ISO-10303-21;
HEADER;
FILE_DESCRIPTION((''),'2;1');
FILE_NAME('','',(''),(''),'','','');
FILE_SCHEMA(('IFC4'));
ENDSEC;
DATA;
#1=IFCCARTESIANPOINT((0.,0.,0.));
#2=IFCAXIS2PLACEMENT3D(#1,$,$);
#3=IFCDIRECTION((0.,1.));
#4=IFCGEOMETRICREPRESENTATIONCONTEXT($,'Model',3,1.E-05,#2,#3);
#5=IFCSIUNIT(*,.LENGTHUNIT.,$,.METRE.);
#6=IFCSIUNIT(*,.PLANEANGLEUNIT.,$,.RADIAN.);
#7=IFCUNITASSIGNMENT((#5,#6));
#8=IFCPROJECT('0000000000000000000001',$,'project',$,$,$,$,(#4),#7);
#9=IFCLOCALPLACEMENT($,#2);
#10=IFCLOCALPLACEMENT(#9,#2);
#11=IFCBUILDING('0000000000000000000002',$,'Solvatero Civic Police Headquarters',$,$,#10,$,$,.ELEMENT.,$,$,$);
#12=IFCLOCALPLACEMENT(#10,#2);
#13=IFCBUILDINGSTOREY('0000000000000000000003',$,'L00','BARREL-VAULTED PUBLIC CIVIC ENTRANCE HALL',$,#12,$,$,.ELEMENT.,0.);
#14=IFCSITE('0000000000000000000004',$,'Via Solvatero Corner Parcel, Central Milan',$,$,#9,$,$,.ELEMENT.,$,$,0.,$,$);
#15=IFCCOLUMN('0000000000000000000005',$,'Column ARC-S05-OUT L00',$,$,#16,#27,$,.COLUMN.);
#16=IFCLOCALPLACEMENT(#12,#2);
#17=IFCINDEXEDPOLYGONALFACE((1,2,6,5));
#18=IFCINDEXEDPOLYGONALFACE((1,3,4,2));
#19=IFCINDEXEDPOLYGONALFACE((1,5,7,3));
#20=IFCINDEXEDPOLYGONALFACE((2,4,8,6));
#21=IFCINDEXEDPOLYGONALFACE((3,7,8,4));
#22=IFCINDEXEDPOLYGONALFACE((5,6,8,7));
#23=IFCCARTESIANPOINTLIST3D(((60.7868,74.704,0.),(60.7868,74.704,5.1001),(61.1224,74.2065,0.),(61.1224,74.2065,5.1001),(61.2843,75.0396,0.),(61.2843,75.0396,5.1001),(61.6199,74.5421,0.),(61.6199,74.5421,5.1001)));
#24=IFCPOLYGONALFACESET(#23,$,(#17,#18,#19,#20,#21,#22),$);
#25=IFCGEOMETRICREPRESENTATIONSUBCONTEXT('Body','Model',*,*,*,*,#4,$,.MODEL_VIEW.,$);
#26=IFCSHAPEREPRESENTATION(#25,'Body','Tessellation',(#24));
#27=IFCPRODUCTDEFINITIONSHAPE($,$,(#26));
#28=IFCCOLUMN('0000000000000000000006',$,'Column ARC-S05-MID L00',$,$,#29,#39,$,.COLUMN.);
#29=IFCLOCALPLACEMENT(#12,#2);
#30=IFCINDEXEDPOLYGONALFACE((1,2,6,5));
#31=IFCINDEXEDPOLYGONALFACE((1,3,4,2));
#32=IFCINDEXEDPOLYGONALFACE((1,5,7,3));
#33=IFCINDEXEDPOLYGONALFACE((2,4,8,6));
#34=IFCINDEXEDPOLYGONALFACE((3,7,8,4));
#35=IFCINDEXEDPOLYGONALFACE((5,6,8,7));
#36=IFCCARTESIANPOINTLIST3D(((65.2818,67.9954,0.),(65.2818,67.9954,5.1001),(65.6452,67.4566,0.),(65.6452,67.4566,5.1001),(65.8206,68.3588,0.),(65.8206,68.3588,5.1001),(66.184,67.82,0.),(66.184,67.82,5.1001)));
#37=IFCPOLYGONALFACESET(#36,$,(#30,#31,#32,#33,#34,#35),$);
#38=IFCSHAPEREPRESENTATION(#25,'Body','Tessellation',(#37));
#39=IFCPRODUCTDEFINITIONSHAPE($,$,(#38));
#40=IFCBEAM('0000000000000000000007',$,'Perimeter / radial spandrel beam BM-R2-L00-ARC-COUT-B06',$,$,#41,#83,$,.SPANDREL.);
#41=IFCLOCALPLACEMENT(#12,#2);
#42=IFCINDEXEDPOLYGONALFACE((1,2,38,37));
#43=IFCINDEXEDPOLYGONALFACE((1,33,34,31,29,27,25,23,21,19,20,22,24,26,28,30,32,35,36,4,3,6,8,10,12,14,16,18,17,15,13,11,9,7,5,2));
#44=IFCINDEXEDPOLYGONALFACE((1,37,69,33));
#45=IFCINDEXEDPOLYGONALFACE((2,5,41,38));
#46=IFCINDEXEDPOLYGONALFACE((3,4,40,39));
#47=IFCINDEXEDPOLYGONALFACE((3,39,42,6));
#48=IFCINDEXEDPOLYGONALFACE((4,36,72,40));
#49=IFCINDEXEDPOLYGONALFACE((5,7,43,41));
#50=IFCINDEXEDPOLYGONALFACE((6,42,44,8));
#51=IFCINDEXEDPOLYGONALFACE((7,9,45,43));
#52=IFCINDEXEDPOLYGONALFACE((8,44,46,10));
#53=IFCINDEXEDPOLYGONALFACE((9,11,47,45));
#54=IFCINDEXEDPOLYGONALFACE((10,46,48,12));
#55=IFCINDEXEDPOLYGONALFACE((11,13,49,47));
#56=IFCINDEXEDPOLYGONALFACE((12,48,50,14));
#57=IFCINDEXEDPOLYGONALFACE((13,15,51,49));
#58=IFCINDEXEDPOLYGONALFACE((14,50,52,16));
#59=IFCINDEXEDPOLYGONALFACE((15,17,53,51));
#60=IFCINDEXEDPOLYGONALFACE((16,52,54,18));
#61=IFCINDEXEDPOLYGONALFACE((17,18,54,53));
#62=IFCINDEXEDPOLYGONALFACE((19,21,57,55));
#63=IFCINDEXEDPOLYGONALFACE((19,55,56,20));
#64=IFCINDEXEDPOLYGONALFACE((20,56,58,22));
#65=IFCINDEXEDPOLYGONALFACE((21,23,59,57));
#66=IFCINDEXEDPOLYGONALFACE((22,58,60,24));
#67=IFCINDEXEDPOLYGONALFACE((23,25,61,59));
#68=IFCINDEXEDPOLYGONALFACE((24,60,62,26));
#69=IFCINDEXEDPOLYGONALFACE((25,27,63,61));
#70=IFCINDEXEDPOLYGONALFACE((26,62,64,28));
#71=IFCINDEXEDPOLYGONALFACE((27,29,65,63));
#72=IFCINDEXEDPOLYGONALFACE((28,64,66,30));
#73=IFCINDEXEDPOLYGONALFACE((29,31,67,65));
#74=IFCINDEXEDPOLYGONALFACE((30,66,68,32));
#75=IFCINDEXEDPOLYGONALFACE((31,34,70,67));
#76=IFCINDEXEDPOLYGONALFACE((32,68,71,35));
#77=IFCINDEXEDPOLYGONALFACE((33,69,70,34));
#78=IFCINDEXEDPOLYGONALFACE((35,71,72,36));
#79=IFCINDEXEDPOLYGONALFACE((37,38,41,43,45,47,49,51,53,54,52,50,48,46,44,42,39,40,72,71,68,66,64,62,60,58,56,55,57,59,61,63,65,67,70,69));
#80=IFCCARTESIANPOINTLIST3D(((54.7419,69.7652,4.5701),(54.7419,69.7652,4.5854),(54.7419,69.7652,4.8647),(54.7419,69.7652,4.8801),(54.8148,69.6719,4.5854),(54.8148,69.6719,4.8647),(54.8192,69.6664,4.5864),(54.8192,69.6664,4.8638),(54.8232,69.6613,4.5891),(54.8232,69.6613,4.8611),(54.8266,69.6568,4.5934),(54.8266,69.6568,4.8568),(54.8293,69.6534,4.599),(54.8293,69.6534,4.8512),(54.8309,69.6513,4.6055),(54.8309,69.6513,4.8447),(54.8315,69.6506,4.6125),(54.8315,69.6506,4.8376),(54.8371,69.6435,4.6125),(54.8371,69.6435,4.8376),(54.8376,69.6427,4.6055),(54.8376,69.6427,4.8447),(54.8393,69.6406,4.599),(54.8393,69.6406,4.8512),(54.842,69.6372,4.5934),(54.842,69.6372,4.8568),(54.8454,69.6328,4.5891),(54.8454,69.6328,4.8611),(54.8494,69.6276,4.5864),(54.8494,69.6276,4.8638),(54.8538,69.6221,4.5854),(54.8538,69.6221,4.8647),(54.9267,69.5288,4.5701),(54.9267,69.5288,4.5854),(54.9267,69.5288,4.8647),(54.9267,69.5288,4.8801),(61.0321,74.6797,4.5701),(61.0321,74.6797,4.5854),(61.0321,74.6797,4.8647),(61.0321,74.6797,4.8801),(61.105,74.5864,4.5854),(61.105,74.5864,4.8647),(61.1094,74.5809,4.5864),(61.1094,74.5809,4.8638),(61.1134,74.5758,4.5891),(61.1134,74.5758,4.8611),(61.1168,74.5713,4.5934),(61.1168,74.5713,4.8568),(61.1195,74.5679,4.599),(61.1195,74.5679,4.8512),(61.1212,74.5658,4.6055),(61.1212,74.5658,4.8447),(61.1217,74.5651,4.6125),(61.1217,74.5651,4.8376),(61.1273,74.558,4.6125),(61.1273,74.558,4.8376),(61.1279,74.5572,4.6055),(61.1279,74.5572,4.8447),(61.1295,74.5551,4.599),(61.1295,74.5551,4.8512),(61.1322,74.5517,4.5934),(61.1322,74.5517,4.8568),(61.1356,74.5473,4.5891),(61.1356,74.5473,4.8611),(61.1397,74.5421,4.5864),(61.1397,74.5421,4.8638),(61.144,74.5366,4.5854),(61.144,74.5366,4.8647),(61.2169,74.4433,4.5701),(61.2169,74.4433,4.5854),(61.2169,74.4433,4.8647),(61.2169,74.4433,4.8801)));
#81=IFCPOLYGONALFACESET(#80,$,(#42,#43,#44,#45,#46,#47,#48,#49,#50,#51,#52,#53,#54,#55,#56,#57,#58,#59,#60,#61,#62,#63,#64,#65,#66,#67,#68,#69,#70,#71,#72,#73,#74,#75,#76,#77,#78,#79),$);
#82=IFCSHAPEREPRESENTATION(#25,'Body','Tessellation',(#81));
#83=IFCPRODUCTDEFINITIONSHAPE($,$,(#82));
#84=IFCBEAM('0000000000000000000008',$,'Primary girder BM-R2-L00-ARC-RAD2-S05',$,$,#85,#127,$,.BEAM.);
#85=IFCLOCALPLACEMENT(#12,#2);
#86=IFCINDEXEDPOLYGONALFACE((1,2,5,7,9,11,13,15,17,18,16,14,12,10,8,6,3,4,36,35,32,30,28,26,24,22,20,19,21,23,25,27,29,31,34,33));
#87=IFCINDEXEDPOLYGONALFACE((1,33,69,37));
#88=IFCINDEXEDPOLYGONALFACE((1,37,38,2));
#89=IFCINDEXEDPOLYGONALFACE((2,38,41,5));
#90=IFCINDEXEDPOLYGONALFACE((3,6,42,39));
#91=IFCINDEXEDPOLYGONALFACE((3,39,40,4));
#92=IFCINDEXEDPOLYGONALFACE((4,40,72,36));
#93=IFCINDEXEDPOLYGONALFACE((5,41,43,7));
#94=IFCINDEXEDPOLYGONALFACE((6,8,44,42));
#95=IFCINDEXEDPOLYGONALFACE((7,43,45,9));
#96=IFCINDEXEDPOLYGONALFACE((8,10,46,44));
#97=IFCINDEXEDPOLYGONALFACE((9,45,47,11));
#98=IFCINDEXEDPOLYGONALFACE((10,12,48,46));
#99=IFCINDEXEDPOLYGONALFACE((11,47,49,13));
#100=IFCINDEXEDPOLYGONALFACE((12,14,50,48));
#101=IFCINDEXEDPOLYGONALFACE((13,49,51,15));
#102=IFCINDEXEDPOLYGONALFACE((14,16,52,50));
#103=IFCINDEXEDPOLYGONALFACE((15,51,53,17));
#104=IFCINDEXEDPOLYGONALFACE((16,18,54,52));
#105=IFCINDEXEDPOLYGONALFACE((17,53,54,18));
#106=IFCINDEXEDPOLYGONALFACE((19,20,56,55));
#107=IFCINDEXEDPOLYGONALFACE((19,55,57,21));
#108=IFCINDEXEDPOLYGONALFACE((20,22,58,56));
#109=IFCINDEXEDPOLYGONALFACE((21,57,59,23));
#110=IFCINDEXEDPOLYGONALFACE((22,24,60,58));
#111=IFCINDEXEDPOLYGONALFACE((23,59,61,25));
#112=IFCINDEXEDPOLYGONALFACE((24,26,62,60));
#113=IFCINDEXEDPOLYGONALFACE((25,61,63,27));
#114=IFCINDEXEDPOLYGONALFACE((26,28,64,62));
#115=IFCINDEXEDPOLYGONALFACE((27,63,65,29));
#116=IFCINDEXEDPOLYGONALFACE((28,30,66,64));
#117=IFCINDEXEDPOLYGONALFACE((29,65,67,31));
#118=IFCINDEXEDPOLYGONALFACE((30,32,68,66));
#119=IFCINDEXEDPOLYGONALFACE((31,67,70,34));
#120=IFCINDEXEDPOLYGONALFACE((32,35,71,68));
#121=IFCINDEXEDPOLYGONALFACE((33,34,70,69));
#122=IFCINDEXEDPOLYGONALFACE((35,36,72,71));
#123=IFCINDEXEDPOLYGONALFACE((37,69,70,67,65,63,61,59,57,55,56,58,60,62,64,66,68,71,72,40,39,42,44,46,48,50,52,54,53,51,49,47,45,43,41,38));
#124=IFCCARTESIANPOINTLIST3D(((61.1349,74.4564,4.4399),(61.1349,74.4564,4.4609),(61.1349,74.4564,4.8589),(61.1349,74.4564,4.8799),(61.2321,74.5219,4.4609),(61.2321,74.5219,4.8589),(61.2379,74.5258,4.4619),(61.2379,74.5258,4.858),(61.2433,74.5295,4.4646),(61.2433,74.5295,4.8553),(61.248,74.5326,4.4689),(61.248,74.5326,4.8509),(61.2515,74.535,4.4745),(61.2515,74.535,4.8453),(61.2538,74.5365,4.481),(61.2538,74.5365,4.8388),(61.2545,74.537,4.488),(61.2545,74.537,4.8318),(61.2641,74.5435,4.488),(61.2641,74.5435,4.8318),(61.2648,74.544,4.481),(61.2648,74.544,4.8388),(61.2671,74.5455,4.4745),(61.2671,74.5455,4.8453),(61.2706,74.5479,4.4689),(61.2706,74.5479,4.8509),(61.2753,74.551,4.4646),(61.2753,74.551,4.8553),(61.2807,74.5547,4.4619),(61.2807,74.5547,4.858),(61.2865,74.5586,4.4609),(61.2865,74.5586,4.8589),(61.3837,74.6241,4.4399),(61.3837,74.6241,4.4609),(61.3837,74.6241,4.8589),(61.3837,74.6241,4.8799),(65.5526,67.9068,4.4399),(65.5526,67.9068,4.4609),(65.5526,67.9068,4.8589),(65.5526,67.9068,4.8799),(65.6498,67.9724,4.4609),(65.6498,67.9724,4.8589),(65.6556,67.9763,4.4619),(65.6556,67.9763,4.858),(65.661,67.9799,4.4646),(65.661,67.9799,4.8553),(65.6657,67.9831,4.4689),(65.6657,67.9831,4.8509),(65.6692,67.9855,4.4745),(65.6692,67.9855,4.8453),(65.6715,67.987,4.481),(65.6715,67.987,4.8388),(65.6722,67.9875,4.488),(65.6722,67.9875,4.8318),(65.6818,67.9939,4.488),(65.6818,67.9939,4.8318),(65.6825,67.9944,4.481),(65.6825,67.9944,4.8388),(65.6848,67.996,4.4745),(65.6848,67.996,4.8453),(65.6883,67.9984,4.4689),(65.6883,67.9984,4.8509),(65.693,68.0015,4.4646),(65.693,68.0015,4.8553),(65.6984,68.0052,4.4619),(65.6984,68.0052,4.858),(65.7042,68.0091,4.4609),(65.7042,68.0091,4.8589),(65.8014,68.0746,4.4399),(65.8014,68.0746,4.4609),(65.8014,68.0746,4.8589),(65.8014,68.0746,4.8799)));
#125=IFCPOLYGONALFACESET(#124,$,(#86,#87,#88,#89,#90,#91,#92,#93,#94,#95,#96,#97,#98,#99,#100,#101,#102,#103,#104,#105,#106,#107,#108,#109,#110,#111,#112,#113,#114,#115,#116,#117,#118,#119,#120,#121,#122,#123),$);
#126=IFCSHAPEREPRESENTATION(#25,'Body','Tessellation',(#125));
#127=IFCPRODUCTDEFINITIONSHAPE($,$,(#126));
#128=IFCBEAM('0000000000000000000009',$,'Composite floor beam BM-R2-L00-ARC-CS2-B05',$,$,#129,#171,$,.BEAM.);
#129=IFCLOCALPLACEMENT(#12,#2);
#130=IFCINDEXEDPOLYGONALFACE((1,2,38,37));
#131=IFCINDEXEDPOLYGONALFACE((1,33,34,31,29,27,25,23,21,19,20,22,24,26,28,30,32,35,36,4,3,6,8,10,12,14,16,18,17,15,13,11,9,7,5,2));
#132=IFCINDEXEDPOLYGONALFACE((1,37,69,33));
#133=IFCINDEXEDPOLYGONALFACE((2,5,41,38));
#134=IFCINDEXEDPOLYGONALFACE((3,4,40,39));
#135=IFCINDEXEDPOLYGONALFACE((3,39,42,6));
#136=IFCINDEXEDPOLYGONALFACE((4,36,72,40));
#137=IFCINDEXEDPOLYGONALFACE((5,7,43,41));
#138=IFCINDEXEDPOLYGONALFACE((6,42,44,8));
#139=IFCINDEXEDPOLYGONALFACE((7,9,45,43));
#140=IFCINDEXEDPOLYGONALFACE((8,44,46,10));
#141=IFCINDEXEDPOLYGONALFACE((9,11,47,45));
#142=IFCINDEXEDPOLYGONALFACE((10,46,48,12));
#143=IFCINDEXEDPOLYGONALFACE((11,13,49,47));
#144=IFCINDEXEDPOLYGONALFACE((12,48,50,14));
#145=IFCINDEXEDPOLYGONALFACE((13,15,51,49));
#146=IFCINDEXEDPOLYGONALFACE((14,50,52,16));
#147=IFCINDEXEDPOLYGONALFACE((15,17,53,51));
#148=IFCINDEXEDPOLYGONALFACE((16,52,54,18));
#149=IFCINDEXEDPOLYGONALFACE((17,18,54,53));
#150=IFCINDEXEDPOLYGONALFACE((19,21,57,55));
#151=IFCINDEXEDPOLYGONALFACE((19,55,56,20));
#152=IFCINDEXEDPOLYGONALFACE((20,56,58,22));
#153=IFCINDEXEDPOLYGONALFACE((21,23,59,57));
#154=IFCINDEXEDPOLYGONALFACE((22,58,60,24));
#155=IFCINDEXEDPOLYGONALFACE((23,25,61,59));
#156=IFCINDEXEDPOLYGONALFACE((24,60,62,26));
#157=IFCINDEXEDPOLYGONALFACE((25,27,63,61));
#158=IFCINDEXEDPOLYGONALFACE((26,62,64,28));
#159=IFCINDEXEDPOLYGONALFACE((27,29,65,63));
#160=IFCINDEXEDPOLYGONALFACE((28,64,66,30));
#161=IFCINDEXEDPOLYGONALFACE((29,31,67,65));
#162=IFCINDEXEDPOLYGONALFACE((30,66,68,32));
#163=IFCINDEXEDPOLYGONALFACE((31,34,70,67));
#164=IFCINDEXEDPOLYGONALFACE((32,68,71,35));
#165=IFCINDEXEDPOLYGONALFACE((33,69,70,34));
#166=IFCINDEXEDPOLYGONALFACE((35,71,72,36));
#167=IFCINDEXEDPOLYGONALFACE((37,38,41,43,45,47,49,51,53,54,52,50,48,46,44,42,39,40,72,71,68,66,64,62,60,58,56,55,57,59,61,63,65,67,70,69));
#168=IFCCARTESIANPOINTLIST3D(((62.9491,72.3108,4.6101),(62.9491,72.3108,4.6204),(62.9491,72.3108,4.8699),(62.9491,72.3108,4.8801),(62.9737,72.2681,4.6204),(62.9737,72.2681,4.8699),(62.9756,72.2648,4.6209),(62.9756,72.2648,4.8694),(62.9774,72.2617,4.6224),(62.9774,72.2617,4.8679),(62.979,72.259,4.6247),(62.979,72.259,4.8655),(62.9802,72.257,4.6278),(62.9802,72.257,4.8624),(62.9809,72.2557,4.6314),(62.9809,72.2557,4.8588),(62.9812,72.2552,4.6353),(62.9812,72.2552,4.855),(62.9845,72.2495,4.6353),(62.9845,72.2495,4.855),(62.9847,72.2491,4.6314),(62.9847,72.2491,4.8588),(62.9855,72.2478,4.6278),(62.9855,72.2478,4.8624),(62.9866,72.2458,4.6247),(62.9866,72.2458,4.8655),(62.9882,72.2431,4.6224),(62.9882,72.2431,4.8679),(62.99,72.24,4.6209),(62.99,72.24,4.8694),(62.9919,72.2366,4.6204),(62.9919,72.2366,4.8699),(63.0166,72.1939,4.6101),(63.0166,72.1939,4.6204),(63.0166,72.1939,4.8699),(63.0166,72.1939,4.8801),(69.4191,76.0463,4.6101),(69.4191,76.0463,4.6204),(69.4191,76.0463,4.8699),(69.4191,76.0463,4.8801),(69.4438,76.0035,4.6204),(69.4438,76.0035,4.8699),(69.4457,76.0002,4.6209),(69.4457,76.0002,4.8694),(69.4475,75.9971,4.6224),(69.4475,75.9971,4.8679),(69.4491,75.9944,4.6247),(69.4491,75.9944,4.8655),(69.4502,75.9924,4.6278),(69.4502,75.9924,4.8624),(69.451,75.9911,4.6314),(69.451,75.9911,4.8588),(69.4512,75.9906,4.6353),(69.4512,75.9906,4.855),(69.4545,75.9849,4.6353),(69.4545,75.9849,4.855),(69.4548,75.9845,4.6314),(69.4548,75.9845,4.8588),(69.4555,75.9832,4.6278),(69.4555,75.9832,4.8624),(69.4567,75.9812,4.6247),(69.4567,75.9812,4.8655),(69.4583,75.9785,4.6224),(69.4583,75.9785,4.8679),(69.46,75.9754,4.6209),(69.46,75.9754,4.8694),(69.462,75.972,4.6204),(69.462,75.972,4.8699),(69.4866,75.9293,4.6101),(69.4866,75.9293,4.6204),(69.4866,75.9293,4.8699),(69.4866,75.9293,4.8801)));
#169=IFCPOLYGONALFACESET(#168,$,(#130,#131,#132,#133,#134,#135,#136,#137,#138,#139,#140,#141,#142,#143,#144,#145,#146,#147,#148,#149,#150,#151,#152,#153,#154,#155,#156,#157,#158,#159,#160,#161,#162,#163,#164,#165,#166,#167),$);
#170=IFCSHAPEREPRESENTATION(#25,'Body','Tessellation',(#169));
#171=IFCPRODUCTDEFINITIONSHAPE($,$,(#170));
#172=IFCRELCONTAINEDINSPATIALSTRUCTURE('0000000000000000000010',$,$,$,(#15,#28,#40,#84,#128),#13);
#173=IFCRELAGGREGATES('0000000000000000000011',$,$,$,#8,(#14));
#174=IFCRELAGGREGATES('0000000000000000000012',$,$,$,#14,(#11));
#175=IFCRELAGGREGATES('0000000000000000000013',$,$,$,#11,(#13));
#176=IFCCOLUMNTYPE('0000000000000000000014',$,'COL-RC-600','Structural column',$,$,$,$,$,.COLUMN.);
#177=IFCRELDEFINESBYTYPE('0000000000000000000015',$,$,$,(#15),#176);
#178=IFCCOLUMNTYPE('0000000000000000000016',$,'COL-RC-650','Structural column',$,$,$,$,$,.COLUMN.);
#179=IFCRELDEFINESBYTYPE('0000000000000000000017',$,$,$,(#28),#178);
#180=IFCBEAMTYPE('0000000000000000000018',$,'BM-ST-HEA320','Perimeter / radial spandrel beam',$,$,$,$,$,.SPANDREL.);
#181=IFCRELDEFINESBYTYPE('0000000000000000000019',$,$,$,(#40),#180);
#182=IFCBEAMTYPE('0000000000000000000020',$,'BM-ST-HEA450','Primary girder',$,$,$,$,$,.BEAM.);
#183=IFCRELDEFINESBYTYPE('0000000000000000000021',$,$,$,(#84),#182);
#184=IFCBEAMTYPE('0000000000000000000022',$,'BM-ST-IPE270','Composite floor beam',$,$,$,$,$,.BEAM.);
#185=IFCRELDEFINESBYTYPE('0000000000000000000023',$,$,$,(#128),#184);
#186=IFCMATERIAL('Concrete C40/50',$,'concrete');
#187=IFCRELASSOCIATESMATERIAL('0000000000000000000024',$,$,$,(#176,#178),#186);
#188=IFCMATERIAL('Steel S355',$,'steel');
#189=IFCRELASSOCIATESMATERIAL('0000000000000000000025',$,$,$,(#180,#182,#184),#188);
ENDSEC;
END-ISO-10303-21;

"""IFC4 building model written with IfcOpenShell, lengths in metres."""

from ifc_helpers import new_model, si_unit, direction, frame, origin, origin_2d, place, context, subcontext, project, spatial, rectangle, i_section, extrude, material, material_profile, profile_set, type_object, element, save


model = new_model("IFC4")

# Units and contexts
model_context = context("Model", 3, precision=1e-05, world=origin(), true_north=direction((0.0, 1.0)))
body_context = subcontext(model_context, "Body", "Model", "MODEL_VIEW")
ifc_project = project(units=[si_unit("LENGTHUNIT", "METRE"), si_unit("PLANEANGLEUNIT", "RADIAN")], contexts=[model_context])

# Site, building, storey
site_placement = place(None, origin())
site = spatial("IfcSite", under=ifc_project, at=site_placement, Name="Via Solvatero Corner Parcel, Central Milan", CompositionType="ELEMENT", RefElevation=0.0)
building_placement = place(site_placement, origin())
building = spatial("IfcBuilding", under=site, at=building_placement, Name="Solvatero Civic Police Headquarters", CompositionType="ELEMENT")
storey_placement = place(building_placement, origin())
storey = spatial("IfcBuildingStorey", under=building, at=storey_placement, Name="L00", Description="BARREL-VAULTED PUBLIC CIVIC ENTRANCE HALL", CompositionType="ELEMENT", Elevation=0.0)

# Columns
ifc_material_1 = material(Name="Concrete C40/50", Category="concrete")
ifc_material_profile_1 = material_profile(ifc_material_1, rectangle(XDim=0.6001, YDim=0.6001, at=origin_2d()), Name="RC 600x600")
ifc_profile_set_1 = profile_set([ifc_material_profile_1], Name="Concrete C40/50")
column_type_1 = type_object("IfcColumnType", Name="COL-RC-600", Description="Structural column", PredefinedType="COLUMN", material=ifc_profile_set_1)
column_1_placement = place(storey_placement, frame((61.2034, 74.623, 0.0), z_axis=(0.0, 0.0, 1.0), x_axis=(0.829038, 0.559193, 0.0)))
element("IfcColumn", 1, at=column_1_placement, inside=storey, type_object=column_type_1, Name="Column ARC-S05-OUT L00", PredefinedType="COLUMN", context=body_context, shape_type="SweptSolid", body=[
    extrude(rectangle(XDim=0.6001, YDim=0.6001, at=origin_2d()), origin(), (0.0, 0.0, 1.0), 5.1001),
])
ifc_material_profile_2 = material_profile(ifc_material_1, rectangle(XDim=0.6499, YDim=0.6499, at=origin_2d()), Name="RC 650x650")
ifc_profile_set_2 = profile_set([ifc_material_profile_2], Name="Concrete C40/50")
column_type_2 = type_object("IfcColumnType", Name="COL-RC-650", Description="Structural column", PredefinedType="COLUMN", material=ifc_profile_set_2)
column_2_placement = place(storey_placement, frame((65.7329, 67.9077, 0.0), z_axis=(0.0, 0.0, 1.0), x_axis=(0.829038, 0.559193, 0.0)))
element("IfcColumn", 2, at=column_2_placement, inside=storey, type_object=column_type_2, Name="Column ARC-S05-MID L00", PredefinedType="COLUMN", context=body_context, shape_type="SweptSolid", body=[
    extrude(rectangle(XDim=0.6499, YDim=0.6499, at=origin_2d()), origin(), (0.0, 0.0, 1.0), 5.1001),
])

# Beams
ifc_material_2 = material(Name="Steel S355", Category="steel")
ifc_material_profile_3 = material_profile(ifc_material_2, i_section(OverallWidth=0.3, OverallDepth=0.3101, WebThickness=0.009, FlangeThickness=0.0154, FilletRadius=0.0271, at=origin_2d()), Name="HEA 320")
ifc_profile_set_3 = profile_set([ifc_material_profile_3], Name="Steel S355")
beam_type_1 = type_object("IfcBeamType", Name="BM-ST-HEA320", Description="Perimeter / radial spandrel beam", PredefinedType="SPANDREL", material=ifc_profile_set_3)
beam_1_placement = place(storey_placement, frame((61.1245, 74.5615, 4.7251), z_axis=(-0.788008, -0.615665, 0.0), x_axis=(0.615665, -0.788008, 0.0)))
element("IfcBeam", 3, at=beam_1_placement, inside=storey, type_object=beam_type_1, Name="Perimeter / radial spandrel beam BM-R2-L00-ARC-COUT-B06", PredefinedType="SPANDREL", context=body_context, shape_type="SweptSolid", body=[
    extrude(i_section(OverallWidth=0.3, OverallDepth=0.3101, WebThickness=0.009, FlangeThickness=0.0154, FilletRadius=0.0271, at=origin_2d()), origin(), (0.0, 0.0, 1.0), 7.9824),
])
ifc_material_profile_4 = material_profile(ifc_material_2, i_section(OverallWidth=0.3, OverallDepth=0.4399, WebThickness=0.0115, FlangeThickness=0.021, FilletRadius=0.0271, at=origin_2d()), Name="HEA 450")
ifc_profile_set_4 = profile_set([ifc_material_profile_4], Name="Steel S355")
beam_type_2 = type_object("IfcBeamType", Name="BM-ST-HEA450", Description="Primary girder", PredefinedType="BEAM", material=ifc_profile_set_4)
beam_2_placement = place(storey_placement, frame((65.677, 67.9907, 4.6599), z_axis=(-0.559192, 0.829038, 0.0), x_axis=(-0.829038, -0.559192, 0.0)))
element("IfcBeam", 4, at=beam_2_placement, inside=storey, type_object=beam_type_2, Name="Primary girder BM-R2-L00-ARC-RAD2-S05", PredefinedType="BEAM", context=body_context, shape_type="SweptSolid", body=[
    extrude(i_section(OverallWidth=0.3, OverallDepth=0.4399, WebThickness=0.0115, FlangeThickness=0.021, FilletRadius=0.0271, at=origin_2d()), origin(), (0.0, 0.0, 1.0), 7.9001),
])
ifc_material_profile_5 = material_profile(ifc_material_2, i_section(OverallWidth=0.135, OverallDepth=0.27, WebThickness=0.0066, FlangeThickness=0.0103, FilletRadius=0.0149, at=origin_2d()), Name="IPE 270")
ifc_profile_set_5 = profile_set([ifc_material_profile_5], Name="Steel S355")
beam_type_3 = type_object("IfcBeamType", Name="BM-ST-IPE270", Description="Composite floor beam", PredefinedType="BEAM", material=ifc_profile_set_5)
beam_3_placement = place(storey_placement, frame((69.4529, 75.9878, 4.7451), z_axis=(-0.86603, -0.499991, 0.0), x_axis=(0.499991, -0.86603, 0.0)))
element("IfcBeam", 5, at=beam_3_placement, inside=storey, type_object=beam_type_3, Name="Composite floor beam BM-R2-L00-ARC-CS2-B05", PredefinedType="BEAM", context=body_context, shape_type="SweptSolid", body=[
    extrude(i_section(OverallWidth=0.135, OverallDepth=0.27, WebThickness=0.0066, FlangeThickness=0.0103, FilletRadius=0.0149, at=origin_2d()), origin(), (0.0, 0.0, 1.0), 7.4709),
])

save(model, "model.ifc")
